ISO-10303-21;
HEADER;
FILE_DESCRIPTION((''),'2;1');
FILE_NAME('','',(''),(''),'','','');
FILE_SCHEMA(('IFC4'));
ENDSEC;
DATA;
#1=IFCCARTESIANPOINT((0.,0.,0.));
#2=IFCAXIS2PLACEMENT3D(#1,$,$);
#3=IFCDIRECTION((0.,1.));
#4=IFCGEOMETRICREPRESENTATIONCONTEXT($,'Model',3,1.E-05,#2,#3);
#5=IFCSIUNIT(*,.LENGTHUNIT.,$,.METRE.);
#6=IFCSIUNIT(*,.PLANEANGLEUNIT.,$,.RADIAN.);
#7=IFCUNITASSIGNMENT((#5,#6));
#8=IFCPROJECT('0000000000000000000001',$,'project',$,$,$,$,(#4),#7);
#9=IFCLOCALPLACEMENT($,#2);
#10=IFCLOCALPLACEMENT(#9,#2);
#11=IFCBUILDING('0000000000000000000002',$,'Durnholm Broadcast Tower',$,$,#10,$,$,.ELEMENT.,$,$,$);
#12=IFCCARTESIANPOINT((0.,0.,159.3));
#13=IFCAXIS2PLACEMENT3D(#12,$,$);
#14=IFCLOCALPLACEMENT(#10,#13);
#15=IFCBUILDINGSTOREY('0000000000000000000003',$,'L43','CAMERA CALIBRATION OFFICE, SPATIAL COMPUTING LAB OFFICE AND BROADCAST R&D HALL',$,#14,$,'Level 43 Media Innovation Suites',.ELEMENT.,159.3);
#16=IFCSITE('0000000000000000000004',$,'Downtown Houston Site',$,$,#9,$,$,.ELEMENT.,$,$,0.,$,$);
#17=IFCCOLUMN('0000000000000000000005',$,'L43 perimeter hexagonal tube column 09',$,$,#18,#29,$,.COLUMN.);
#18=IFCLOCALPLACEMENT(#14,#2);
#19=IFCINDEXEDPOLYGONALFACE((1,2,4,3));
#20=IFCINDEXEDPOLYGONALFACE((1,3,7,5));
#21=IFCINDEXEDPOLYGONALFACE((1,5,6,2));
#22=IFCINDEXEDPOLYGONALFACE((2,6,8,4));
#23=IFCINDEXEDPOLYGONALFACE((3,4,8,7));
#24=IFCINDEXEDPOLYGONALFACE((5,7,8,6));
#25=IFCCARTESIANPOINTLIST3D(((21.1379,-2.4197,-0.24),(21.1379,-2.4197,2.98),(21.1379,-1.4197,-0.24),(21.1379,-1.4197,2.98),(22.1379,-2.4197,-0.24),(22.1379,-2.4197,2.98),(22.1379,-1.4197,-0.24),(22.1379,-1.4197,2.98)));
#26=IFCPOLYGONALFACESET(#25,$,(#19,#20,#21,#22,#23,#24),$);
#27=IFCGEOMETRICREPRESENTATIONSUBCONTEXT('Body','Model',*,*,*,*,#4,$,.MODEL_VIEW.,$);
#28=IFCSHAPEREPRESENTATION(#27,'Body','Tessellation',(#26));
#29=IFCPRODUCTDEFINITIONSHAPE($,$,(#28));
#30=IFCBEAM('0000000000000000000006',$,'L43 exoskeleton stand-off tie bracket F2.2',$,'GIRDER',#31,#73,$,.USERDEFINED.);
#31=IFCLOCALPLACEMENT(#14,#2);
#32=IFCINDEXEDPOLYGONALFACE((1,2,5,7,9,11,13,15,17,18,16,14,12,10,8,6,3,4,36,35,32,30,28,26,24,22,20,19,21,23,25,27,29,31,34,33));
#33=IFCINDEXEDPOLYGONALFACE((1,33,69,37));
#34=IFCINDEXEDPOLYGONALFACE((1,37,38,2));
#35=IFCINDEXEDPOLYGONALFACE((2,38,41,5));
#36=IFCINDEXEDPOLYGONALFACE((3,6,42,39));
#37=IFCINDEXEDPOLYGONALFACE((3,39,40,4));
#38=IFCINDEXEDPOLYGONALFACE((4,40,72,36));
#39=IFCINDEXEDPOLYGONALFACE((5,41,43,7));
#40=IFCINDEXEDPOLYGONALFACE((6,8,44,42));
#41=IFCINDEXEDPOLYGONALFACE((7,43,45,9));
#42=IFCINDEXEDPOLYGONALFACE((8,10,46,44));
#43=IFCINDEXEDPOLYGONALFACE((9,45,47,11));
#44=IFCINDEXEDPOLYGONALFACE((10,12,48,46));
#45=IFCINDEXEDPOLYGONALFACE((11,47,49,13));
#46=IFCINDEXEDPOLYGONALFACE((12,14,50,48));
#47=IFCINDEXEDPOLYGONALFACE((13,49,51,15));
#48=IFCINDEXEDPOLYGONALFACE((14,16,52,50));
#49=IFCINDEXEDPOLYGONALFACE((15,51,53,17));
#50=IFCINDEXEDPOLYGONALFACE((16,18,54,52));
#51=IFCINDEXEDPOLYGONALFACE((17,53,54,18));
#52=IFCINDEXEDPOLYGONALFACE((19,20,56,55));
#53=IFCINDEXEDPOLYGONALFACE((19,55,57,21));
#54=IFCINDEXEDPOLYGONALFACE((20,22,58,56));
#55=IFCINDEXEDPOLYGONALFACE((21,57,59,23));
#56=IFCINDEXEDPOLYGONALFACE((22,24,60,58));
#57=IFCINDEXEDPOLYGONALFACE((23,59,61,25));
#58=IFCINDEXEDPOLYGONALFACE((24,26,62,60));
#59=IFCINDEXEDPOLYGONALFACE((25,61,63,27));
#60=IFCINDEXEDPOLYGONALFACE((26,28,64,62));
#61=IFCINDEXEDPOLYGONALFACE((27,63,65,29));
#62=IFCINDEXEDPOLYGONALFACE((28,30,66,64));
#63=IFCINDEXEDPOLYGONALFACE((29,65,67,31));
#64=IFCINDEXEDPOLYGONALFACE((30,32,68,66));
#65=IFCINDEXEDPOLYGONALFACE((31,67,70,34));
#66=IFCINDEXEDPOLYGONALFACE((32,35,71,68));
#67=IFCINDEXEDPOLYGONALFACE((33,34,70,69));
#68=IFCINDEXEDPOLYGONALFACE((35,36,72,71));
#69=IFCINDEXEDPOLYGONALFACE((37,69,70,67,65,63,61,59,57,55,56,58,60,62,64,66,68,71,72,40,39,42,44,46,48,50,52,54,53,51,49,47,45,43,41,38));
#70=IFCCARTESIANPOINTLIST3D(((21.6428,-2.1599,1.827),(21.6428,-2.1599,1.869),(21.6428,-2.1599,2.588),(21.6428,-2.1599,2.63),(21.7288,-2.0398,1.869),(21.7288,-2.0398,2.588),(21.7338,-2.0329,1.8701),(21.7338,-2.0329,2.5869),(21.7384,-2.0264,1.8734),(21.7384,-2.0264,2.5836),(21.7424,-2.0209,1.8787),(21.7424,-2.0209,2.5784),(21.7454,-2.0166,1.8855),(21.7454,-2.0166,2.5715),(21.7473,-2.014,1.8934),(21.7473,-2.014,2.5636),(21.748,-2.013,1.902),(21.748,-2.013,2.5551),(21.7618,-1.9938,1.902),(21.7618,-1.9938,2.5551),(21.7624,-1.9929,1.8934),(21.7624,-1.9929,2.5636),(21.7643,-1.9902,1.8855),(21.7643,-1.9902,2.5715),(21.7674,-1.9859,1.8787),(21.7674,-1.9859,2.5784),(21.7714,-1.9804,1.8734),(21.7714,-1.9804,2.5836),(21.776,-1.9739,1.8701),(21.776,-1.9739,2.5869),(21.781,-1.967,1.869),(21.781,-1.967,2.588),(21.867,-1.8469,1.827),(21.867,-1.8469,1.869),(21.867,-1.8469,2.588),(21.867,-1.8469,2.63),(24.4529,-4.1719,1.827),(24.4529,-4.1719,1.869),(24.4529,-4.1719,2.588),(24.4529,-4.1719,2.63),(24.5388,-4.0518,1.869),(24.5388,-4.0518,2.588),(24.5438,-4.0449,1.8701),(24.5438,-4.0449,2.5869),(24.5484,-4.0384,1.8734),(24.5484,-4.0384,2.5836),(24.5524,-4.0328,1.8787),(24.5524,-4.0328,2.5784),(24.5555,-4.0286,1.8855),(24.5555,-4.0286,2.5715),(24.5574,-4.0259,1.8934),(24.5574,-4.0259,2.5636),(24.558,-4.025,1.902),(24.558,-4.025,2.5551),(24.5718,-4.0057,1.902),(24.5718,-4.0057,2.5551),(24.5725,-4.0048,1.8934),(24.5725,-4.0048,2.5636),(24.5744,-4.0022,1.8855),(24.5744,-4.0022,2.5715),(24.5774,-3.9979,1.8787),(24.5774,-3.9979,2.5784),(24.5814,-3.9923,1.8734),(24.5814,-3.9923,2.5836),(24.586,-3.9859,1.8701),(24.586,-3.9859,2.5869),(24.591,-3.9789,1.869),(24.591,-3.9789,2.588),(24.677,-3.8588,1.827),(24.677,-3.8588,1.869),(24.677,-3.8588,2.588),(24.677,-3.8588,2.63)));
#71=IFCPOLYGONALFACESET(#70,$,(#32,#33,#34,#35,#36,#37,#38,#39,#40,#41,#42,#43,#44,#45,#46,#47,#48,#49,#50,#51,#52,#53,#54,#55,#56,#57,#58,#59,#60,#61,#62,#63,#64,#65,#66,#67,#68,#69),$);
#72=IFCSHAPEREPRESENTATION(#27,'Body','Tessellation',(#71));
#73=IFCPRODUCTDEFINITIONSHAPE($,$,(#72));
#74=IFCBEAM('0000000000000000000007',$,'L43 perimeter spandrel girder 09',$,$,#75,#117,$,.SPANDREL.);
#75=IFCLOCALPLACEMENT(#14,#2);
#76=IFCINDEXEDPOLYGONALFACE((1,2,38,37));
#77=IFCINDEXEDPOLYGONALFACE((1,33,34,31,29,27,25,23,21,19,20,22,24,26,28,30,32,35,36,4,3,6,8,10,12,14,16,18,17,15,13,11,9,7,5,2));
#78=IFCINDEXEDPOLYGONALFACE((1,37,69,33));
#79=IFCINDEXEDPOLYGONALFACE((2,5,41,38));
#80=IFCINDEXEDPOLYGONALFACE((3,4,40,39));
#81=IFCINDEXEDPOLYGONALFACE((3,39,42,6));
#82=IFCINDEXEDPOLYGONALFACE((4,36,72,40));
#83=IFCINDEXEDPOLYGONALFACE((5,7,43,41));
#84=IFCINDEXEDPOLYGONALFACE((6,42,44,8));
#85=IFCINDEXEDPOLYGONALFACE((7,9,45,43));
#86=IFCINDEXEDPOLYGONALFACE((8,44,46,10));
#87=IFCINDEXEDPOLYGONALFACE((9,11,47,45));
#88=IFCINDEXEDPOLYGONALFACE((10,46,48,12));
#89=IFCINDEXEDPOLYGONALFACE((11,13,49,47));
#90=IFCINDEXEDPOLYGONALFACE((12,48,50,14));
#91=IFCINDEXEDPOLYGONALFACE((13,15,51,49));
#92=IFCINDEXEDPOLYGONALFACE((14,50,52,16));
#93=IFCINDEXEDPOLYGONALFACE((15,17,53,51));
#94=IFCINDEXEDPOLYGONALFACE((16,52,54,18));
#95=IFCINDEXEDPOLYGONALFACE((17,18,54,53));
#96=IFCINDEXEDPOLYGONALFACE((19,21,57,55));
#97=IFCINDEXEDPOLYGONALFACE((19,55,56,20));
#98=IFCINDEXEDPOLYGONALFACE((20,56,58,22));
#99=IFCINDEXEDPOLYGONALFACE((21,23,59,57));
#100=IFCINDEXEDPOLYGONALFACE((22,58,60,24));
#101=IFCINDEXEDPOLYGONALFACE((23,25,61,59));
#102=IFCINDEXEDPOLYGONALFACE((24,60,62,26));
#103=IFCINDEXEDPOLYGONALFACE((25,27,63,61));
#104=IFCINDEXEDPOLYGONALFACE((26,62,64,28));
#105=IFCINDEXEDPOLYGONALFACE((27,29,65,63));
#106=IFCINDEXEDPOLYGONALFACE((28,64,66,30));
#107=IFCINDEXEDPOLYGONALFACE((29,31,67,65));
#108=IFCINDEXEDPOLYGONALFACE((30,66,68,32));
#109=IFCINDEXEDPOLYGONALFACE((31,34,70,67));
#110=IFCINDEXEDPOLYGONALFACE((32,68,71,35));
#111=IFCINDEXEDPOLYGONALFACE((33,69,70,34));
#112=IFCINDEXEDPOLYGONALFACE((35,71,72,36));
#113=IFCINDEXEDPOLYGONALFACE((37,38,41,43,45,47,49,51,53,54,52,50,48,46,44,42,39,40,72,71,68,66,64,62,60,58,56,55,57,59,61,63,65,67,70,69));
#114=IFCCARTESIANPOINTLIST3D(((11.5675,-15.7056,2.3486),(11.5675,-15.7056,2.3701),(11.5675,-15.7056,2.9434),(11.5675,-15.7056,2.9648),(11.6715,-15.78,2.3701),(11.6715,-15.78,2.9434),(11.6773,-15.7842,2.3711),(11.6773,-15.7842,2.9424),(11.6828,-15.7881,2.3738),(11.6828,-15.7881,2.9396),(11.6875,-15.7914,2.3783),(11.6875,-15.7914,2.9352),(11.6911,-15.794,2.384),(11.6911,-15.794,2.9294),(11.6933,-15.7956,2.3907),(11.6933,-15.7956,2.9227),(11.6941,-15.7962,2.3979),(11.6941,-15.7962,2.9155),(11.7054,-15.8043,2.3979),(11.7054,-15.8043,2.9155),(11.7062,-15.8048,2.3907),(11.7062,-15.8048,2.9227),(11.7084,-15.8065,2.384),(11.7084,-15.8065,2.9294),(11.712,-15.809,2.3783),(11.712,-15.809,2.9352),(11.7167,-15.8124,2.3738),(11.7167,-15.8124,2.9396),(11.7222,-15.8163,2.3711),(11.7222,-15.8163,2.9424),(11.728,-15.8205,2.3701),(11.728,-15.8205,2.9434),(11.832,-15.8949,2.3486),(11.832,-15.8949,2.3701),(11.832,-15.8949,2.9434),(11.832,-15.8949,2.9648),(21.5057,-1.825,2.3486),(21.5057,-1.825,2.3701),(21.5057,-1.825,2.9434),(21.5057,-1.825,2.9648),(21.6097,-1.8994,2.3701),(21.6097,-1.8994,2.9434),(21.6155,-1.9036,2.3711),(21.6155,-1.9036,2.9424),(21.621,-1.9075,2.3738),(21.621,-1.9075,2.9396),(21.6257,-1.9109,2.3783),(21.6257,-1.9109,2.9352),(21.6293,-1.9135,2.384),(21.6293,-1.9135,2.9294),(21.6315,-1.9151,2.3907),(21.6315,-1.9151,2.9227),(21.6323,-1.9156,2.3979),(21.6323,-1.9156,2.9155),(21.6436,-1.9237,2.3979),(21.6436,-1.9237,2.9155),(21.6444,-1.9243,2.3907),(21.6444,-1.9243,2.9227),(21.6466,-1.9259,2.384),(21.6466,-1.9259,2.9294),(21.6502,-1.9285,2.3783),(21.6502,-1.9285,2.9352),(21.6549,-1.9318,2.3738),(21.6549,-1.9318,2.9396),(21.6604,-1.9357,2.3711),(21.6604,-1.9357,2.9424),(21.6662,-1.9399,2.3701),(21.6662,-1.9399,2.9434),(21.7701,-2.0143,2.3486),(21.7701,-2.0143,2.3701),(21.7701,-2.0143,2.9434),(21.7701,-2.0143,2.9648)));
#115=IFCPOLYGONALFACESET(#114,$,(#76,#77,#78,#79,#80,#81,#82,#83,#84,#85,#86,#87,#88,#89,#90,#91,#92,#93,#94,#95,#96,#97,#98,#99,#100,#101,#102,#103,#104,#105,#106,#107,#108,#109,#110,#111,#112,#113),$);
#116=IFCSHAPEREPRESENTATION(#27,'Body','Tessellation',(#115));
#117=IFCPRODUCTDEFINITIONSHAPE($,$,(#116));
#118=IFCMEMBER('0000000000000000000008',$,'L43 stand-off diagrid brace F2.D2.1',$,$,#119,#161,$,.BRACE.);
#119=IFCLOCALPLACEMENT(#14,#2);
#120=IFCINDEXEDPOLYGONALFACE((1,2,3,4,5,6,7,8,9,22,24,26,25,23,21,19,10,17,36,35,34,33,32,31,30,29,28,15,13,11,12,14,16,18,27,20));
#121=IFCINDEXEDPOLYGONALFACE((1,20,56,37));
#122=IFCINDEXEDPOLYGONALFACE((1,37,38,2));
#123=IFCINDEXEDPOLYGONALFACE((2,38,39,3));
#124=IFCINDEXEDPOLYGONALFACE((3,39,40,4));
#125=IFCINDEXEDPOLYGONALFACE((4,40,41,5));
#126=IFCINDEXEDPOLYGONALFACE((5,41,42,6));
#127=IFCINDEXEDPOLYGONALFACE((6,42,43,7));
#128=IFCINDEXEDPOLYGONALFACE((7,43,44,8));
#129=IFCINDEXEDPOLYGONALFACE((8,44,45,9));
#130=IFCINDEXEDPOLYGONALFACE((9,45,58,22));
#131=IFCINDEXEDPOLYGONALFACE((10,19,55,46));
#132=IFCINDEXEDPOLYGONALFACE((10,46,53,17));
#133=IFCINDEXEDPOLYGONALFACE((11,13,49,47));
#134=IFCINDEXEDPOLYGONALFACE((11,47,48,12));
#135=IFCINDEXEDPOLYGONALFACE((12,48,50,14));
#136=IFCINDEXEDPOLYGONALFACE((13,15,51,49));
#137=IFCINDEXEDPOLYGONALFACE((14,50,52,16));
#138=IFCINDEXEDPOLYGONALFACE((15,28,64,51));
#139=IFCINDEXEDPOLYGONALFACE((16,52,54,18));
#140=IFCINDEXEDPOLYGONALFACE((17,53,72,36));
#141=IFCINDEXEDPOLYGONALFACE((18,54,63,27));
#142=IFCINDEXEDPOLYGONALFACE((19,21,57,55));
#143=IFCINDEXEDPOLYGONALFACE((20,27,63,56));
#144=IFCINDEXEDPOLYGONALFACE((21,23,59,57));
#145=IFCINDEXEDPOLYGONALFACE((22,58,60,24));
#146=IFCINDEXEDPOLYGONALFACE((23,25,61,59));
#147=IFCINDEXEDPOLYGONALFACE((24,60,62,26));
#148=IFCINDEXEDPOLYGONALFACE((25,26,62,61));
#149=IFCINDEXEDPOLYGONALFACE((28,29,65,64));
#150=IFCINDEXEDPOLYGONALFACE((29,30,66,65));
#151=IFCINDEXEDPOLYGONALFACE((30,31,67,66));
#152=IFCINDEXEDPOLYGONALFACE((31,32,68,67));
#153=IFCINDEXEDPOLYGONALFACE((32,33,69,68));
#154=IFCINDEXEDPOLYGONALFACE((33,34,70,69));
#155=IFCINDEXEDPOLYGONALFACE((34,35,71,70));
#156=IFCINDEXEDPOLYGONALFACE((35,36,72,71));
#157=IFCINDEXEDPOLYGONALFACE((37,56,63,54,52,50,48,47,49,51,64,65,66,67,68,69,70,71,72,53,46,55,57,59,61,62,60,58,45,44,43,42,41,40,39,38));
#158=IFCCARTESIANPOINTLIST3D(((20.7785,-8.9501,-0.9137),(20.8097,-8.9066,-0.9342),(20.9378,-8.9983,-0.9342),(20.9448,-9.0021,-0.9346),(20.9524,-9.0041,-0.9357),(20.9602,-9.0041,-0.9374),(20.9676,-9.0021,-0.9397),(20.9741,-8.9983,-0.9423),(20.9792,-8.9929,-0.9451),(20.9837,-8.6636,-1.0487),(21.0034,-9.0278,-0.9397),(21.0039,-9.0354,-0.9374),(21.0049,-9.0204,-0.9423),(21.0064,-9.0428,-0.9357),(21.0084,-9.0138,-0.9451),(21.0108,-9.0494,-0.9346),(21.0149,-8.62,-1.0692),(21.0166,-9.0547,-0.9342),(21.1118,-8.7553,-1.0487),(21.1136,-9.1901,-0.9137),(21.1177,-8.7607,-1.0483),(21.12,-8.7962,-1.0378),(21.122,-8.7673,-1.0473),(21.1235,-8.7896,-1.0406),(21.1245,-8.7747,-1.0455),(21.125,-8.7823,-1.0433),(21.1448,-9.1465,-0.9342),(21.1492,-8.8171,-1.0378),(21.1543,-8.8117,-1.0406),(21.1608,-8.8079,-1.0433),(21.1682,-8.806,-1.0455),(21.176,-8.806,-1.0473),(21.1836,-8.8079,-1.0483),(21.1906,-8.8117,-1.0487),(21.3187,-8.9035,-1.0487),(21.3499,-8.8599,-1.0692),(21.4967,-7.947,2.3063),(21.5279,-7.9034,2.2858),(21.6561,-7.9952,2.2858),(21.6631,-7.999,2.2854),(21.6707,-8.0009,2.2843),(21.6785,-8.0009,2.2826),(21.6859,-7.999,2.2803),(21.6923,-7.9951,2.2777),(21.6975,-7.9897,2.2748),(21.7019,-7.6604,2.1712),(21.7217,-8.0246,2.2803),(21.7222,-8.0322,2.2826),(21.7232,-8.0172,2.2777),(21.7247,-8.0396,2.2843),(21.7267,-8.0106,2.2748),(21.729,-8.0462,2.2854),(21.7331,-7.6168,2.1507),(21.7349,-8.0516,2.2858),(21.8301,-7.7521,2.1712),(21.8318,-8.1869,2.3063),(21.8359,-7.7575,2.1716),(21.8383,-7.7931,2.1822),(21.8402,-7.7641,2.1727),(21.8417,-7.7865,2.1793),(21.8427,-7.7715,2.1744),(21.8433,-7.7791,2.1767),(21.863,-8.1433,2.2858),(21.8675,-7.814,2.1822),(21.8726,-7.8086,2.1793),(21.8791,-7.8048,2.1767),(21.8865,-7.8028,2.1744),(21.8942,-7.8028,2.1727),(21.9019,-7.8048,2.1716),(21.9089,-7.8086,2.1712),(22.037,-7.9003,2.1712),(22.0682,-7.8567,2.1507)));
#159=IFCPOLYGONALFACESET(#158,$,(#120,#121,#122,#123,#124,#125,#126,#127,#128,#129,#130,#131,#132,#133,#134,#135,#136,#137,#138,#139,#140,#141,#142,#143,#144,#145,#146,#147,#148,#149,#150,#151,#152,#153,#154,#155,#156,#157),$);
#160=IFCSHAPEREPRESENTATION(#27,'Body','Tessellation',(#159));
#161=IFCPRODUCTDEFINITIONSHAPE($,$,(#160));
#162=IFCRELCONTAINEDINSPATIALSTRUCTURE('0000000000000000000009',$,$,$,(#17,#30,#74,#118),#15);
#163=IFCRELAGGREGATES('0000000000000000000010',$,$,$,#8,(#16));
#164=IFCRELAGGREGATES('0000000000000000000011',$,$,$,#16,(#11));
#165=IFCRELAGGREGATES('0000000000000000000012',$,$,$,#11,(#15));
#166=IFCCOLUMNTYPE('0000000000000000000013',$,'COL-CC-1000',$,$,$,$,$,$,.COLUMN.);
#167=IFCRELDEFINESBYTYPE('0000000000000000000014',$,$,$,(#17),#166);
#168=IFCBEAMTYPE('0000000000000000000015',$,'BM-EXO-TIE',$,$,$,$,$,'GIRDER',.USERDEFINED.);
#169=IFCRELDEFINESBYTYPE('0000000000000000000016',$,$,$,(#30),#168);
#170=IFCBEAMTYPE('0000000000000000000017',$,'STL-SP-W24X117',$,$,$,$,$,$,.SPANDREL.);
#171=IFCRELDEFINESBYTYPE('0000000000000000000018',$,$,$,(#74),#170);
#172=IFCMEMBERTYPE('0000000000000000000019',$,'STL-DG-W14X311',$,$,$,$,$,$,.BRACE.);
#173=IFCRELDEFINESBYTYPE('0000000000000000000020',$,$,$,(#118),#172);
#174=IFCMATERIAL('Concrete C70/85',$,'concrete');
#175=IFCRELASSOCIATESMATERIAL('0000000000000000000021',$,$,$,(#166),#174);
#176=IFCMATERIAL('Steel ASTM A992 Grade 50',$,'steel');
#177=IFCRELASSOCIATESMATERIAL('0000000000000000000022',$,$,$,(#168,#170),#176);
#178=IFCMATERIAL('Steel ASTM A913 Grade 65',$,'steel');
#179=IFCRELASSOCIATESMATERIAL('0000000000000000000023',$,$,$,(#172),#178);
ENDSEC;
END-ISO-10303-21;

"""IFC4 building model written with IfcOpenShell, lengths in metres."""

from ifc_helpers import new_model, si_unit, direction, frame, origin, origin_2d, place, context, subcontext, project, spatial, rectangle, i_section, extrude, source, transform, mapped, material, material_profile, profile_set, type_object, type_shapes, element, save


model = new_model("IFC4")

# Units and contexts
model_context = context("Model", 3, precision=1e-05, world=origin(), true_north=direction((0.0, 1.0)))
body_context = subcontext(model_context, "Body", "Model", "MODEL_VIEW")
ifc_project = project(units=[si_unit("LENGTHUNIT", "METRE"), si_unit("PLANEANGLEUNIT", "RADIAN")], contexts=[model_context])

# Site, building, storey
site_placement = place(None, origin())
site = spatial("IfcSite", under=ifc_project, at=site_placement, Name="Downtown Houston Site", CompositionType="ELEMENT", RefElevation=0.0)
building_placement = place(site_placement, origin())
building = spatial("IfcBuilding", under=site, at=building_placement, Name="Durnholm Broadcast Tower", CompositionType="ELEMENT")
storey_placement = place(building_placement, frame((0.0, 0.0, 159.3)))
storey = spatial("IfcBuildingStorey", under=building, at=storey_placement, Name="L43", Description="CAMERA CALIBRATION OFFICE, SPATIAL COMPUTING LAB OFFICE AND BROADCAST R&D HALL", LongName="Level 43 Media Innovation Suites", CompositionType="ELEMENT", Elevation=159.3)

# Column
ifc_material_1 = material(Name="Concrete C70/85", Category="concrete")
ifc_material_profile_1 = material_profile(ifc_material_1, rectangle(XDim=1.0, YDim=1.0, at=origin_2d()), Name="RC1000X1000")
ifc_profile_set_1 = profile_set([ifc_material_profile_1], Name="Concrete C70/85")
column_type = type_object("IfcColumnType", Name="COL-CC-1000", PredefinedType="COLUMN", material=ifc_profile_set_1)
shared_shape_1 = source(origin(), body_context, "Body", "SweptSolid", [
    extrude(rectangle(XDim=1.0, YDim=1.0, at=origin_2d()), origin(), (0.0, 0.0, 1.0), 3.22),
])
type_shapes(column_type, [shared_shape_1])
column_placement = place(storey_placement, frame((21.6379, -1.9197, -0.24), z_axis=(0.0, 0.0, 1.0), x_axis=(1.0, 0.0, 0.0)))
element("IfcColumn", 1, at=column_placement, inside=storey, type_object=column_type, Name="L43 perimeter hexagonal tube column 09", PredefinedType="COLUMN", context=body_context, shape_type="MappedRepresentation", body=[
    mapped(shared_shape_1, transform((0.0, 0.0, 0.0), x_axis=(1.0, 0.0, 0.0), y_axis=(0.0, 1.0, 0.0), z_axis=(0.0, 0.0, 1.0), scale=1.0)),
])

# Beams
ifc_material_2 = material(Name="Steel ASTM A992 Grade 50", Category="steel")
ifc_material_profile_2 = material_profile(ifc_material_2, i_section(OverallWidth=0.385, OverallDepth=0.803, WebThickness=0.0237, FlangeThickness=0.042, FilletRadius=0.033, at=origin_2d()), Name="W30X261")
ifc_profile_set_2 = profile_set([ifc_material_profile_2], Name="Steel ASTM A992 Grade 50")
beam_type_1 = type_object("IfcBeamType", Name="BM-EXO-TIE", ElementType="GIRDER", PredefinedType="USERDEFINED", material=ifc_profile_set_2)
shared_shape_2 = source(origin(), body_context, "Body", "SweptSolid", [
    extrude(i_section(OverallWidth=0.385, OverallDepth=0.803, WebThickness=0.0237, FlangeThickness=0.042, FilletRadius=0.033, at=origin_2d()), origin(), (0.0, 0.0, 1.0), 3.4561),
])
type_shapes(beam_type_1, [shared_shape_2])
beam_1_placement = place(storey_placement, frame((21.7549, -2.0034, 2.2285), z_axis=(0.813079, -0.582153, 0.0), x_axis=(0.582153, 0.813079, 0.0)))
element("IfcBeam", 2, at=beam_1_placement, inside=storey, type_object=beam_type_1, Name="L43 exoskeleton stand-off tie bracket F2.2", ObjectType="GIRDER", PredefinedType="USERDEFINED", context=body_context, shape_type="MappedRepresentation", body=[
    mapped(shared_shape_2, transform((0.0, 0.0, 0.0), x_axis=(1.0, 0.0, 0.0), y_axis=(0.0, 1.0, 0.0), z_axis=(0.0, 0.0, 1.0), scale=1.0)),
])
ifc_material_profile_3 = material_profile(ifc_material_2, i_section(OverallWidth=0.3252, OverallDepth=0.6162, WebThickness=0.0139, FlangeThickness=0.0215, FilletRadius=0.0278, at=origin_2d()), Name="W24X117")
ifc_profile_set_3 = profile_set([ifc_material_profile_3], Name="Steel ASTM A992 Grade 50")
beam_type_2 = type_object("IfcBeamType", Name="STL-SP-W24X117", PredefinedType="SPANDREL", material=ifc_profile_set_3)
shared_shape_3 = source(origin(), body_context, "Body", "SweptSolid", [
    extrude(i_section(OverallWidth=0.3252, OverallDepth=0.6162, WebThickness=0.0139, FlangeThickness=0.0215, FilletRadius=0.0278, at=origin_2d()), origin(), (0.0, 0.0, 1.0), 17.0715),
])
type_shapes(beam_type_2, [shared_shape_3])
beam_2_placement = place(storey_placement, frame((21.6379, -1.9197, 2.6567), z_axis=(-0.58215, -0.813082, 0.0), x_axis=(0.813082, -0.58215, 0.0)))
element("IfcBeam", 3, at=beam_2_placement, inside=storey, type_object=beam_type_2, Name="L43 perimeter spandrel girder 09", PredefinedType="SPANDREL", context=body_context, shape_type="MappedRepresentation", body=[
    mapped(shared_shape_3, transform((0.0, 0.0, 0.0), x_axis=(1.0, 0.0, 0.0), y_axis=(0.0, 1.0, 0.0), z_axis=(0.0, 0.0, 1.0), scale=1.0)),
])

# Member
ifc_material_3 = material(Name="Steel ASTM A913 Grade 65", Category="steel")
ifc_material_profile_4 = material_profile(ifc_material_3, i_section(OverallWidth=0.4121, OverallDepth=0.4348, WebThickness=0.0359, FlangeThickness=0.0574, FilletRadius=0.0305, at=origin_2d()), Name="W14X311")
ifc_profile_set_4 = profile_set([ifc_material_profile_4], Name="Steel ASTM A913 Grade 65")
member_type_1 = type_object("IfcMemberType", Name="STL-DG-W14X311", PredefinedType="BRACE", material=ifc_profile_set_4)
shared_shape_4 = source(origin(), body_context, "Body", "SweptSolid", [
    extrude(i_section(OverallWidth=0.4121, OverallDepth=0.4348, WebThickness=0.0359, FlangeThickness=0.0574, FilletRadius=0.0305, at=origin_2d()), origin(), (0.0, 0.0, 1.0), 3.4482),
])
type_shapes(member_type_1, [shared_shape_4])
for number, where, z_axis, x_axis, name in (
    (4, (21.0642, -8.905, -0.9915), (0.208297, 0.290922, 0.933797), (-0.813078, 0.582155, 0.0), "L43 stand-off diagrid brace F2.D2.1"),
):
    element("IfcMember", number, at=place(storey_placement, frame(where, z_axis=z_axis, x_axis=x_axis)), inside=storey, type_object=member_type_1, Name=name, PredefinedType="BRACE", context=body_context, shape_type="MappedRepresentation", body=[
        mapped(shared_shape_4, transform((0.0, 0.0, 0.0), x_axis=(1.0, 0.0, 0.0), y_axis=(0.0, 1.0, 0.0), z_axis=(0.0, 0.0, 1.0), scale=1.0)),
    ])

save(model, "model.ifc")
